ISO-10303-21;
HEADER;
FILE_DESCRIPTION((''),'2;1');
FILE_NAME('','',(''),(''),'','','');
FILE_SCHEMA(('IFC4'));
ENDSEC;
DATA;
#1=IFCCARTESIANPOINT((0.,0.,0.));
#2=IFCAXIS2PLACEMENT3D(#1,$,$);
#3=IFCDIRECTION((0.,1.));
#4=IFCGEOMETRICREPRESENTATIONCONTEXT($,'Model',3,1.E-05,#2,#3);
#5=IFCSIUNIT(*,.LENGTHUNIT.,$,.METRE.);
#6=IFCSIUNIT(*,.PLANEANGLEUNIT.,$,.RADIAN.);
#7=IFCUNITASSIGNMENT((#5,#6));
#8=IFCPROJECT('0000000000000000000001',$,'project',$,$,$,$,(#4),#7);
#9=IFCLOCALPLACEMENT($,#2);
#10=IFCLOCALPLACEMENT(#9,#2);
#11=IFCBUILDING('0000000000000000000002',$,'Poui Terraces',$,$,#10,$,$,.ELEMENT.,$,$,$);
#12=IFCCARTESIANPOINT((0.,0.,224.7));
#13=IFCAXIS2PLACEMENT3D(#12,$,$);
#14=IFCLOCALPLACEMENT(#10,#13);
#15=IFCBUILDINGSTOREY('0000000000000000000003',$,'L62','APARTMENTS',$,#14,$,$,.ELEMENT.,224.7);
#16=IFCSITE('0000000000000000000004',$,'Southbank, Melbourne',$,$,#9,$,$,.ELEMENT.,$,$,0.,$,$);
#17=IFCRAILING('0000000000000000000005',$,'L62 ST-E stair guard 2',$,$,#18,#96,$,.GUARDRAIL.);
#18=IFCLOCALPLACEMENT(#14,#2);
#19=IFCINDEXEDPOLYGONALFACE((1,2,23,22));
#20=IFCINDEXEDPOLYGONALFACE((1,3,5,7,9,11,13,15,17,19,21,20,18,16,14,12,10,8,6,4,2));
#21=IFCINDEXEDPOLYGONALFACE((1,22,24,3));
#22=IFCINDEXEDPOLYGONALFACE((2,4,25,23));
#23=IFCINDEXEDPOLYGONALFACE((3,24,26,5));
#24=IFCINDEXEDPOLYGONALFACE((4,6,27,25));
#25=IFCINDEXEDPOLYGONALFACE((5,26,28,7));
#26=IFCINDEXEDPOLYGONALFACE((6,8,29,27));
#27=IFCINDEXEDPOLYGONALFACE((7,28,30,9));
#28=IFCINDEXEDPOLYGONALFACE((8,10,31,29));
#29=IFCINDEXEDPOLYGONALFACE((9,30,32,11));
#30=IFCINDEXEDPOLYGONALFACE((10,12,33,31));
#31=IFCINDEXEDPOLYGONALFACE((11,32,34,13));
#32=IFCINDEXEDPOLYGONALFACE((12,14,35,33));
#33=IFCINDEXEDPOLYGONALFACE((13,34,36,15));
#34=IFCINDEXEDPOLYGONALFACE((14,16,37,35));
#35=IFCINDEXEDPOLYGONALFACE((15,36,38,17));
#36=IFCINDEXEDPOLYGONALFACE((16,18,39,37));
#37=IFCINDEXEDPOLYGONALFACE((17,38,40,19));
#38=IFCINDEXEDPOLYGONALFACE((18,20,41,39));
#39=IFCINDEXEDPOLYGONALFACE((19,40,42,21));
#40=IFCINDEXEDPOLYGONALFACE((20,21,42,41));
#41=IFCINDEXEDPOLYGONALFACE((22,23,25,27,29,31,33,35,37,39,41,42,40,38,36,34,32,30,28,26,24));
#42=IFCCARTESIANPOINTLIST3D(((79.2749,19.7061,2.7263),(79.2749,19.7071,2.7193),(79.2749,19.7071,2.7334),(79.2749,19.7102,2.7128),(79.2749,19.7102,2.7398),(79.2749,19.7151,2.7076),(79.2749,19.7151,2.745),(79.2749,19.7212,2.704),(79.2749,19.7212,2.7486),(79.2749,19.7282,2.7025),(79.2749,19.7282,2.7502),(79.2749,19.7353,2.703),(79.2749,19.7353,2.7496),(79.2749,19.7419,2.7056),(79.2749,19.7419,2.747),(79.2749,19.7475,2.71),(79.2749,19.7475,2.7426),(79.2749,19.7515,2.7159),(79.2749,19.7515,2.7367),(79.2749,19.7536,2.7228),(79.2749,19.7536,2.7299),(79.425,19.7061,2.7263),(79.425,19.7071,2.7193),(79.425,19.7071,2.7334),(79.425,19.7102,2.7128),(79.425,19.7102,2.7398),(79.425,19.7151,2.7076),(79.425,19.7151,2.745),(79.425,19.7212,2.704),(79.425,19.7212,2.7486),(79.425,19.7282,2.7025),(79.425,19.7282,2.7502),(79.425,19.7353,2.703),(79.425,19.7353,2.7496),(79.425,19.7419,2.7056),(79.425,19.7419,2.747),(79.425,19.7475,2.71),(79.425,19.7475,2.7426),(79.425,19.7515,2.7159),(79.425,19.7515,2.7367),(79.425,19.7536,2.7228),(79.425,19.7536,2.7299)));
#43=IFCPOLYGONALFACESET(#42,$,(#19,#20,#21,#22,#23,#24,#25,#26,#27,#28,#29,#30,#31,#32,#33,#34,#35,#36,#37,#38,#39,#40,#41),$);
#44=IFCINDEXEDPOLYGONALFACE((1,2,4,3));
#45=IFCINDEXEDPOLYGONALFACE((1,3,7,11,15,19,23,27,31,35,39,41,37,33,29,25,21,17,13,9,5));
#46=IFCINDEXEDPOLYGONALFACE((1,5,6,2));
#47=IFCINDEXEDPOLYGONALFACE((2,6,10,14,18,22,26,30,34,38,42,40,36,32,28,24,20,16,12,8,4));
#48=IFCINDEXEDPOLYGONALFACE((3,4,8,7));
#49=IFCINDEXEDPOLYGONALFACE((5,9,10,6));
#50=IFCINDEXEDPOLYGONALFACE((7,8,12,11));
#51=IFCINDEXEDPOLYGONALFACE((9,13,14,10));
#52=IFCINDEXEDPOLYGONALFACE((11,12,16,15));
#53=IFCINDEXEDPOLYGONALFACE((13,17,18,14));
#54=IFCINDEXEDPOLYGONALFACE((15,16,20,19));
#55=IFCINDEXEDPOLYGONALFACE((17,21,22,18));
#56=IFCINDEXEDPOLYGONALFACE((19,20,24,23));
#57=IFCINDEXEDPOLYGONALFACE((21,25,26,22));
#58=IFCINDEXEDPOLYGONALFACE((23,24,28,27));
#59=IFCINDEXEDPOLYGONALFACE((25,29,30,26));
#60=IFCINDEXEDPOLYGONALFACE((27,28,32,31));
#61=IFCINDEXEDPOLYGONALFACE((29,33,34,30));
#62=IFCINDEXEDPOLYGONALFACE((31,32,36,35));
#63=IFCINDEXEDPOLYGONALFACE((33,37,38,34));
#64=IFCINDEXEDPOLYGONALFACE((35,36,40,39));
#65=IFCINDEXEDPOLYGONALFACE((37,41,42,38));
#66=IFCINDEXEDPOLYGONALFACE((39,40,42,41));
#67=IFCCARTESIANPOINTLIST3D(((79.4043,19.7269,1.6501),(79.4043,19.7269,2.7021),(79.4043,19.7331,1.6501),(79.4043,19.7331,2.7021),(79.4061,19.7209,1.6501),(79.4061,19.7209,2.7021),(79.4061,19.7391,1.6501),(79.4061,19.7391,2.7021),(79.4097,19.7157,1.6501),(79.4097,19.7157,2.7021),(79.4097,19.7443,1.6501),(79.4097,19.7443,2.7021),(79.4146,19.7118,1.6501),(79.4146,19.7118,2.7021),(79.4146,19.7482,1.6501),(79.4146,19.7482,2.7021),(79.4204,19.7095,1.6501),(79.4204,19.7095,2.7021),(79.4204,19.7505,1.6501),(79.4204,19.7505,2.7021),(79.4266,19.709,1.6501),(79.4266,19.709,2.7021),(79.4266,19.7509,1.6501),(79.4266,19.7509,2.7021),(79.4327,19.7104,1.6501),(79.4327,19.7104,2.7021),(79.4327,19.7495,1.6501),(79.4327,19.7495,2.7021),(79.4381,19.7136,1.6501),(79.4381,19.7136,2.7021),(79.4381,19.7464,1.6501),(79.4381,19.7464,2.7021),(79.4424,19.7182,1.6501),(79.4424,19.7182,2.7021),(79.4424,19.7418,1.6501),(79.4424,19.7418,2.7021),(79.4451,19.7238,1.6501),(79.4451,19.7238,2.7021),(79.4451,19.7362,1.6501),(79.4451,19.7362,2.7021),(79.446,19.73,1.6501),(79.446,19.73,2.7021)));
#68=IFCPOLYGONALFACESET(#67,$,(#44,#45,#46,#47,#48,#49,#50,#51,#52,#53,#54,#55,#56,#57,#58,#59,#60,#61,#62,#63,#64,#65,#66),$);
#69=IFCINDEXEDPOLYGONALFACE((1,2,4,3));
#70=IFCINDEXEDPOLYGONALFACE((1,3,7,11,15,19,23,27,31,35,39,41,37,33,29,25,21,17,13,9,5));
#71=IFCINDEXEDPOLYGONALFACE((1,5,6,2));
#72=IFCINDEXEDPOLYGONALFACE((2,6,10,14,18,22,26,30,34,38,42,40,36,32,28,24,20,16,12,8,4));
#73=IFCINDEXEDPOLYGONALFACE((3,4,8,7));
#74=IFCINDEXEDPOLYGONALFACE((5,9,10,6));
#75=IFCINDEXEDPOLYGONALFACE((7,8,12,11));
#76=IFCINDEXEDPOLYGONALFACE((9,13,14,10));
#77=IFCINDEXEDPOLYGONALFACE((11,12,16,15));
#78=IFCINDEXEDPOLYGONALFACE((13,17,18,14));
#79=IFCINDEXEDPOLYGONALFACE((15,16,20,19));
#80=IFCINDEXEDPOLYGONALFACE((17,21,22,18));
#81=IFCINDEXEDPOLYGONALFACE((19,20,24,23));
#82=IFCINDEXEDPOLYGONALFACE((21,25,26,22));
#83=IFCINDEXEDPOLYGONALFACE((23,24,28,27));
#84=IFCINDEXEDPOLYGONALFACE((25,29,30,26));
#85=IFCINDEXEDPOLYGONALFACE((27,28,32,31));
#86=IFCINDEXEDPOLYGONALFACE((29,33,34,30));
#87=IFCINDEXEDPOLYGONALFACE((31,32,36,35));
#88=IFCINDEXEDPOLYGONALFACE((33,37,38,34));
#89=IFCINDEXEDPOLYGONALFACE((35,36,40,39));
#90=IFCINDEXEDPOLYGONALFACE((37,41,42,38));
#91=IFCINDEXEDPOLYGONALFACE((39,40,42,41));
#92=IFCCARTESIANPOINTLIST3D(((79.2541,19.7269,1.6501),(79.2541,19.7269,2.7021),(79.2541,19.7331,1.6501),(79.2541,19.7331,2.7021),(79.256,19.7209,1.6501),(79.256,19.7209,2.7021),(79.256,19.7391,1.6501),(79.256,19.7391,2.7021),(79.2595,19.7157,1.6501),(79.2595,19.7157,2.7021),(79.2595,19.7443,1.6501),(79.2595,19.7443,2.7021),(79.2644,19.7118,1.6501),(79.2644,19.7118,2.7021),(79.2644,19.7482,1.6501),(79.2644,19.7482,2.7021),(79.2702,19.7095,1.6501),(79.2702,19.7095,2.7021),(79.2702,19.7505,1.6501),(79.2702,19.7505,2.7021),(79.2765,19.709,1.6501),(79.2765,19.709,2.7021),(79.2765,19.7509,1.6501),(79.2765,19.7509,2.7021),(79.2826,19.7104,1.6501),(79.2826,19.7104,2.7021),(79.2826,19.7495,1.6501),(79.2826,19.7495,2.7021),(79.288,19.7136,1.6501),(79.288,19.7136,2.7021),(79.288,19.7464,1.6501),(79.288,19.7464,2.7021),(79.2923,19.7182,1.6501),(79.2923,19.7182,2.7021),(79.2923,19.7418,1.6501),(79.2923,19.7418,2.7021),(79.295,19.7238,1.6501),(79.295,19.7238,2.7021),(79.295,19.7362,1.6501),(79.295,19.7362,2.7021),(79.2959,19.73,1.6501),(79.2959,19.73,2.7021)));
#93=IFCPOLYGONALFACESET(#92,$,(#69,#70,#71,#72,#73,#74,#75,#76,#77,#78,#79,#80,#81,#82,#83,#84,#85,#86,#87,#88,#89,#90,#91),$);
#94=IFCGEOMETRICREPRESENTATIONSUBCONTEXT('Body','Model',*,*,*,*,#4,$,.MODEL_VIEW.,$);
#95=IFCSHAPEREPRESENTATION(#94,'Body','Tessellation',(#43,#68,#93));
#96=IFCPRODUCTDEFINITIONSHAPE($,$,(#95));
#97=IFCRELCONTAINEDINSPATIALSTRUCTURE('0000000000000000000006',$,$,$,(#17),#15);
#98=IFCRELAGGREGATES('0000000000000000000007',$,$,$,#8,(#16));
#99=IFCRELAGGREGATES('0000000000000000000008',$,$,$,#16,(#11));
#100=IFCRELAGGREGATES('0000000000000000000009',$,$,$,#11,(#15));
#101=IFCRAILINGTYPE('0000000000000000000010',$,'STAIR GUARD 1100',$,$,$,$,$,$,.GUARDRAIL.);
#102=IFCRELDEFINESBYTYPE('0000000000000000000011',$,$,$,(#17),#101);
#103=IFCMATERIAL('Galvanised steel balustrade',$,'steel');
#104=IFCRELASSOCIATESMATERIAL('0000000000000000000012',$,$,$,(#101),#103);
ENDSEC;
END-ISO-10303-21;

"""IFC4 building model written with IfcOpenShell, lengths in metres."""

from ifc_helpers import new_model, si_unit, direction, frame, origin, origin_2d, place, context, subcontext, project, spatial, circle, extrude, material, type_object, element, save


model = new_model("IFC4")

# Units and contexts
model_context = context("Model", 3, precision=1e-05, world=origin(), true_north=direction((0.0, 1.0)))
body_context = subcontext(model_context, "Body", "Model", "MODEL_VIEW")
ifc_project = project(units=[si_unit("LENGTHUNIT", "METRE"), si_unit("PLANEANGLEUNIT", "RADIAN")], contexts=[model_context])

# Site, building, storey
site_placement = place(None, origin())
site = spatial("IfcSite", under=ifc_project, at=site_placement, Name="Southbank, Melbourne", CompositionType="ELEMENT", RefElevation=0.0)
building_placement = place(site_placement, origin())
building = spatial("IfcBuilding", under=site, at=building_placement, Name="Poui Terraces", CompositionType="ELEMENT")
storey_placement = place(building_placement, frame((0.0, 0.0, 224.7)))
storey = spatial("IfcBuildingStorey", under=building, at=storey_placement, Name="L62", Description="APARTMENTS", CompositionType="ELEMENT", Elevation=224.7)

# Railing
ifc_material_1 = material(Name="Galvanised steel balustrade", Category="steel")
railing_type_1 = type_object("IfcRailingType", Name="STAIR GUARD 1100", PredefinedType="GUARDRAIL", material=ifc_material_1)
railing_1_placement = place(storey_placement, frame((79.425, 19.73, 1.6501)))
element("IfcRailing", 1, at=railing_1_placement, inside=storey, type_object=railing_type_1, Name="L62 ST-E stair guard 2", PredefinedType="GUARDRAIL", context=body_context, shape_type="SweptSolid", body=[
    extrude(circle(Radius=0.0239, at=origin_2d()), frame((0.0, 0.0, 1.0762), z_axis=(-1.0, 0.0, 0.0), x_axis=(0.0, -1.0, 0.0)), (0.0, 0.0, 1.0), 0.1501),
    extrude(circle(Radius=0.021, at=origin_2d()), origin(), (0.0, 0.0, 1.0), 1.052),
    extrude(circle(Radius=0.021, at=origin_2d()), frame((-0.1501, 0.0, 0.0)), (0.0, 0.0, 1.0), 1.052),
])

save(model, "model.ifc")
